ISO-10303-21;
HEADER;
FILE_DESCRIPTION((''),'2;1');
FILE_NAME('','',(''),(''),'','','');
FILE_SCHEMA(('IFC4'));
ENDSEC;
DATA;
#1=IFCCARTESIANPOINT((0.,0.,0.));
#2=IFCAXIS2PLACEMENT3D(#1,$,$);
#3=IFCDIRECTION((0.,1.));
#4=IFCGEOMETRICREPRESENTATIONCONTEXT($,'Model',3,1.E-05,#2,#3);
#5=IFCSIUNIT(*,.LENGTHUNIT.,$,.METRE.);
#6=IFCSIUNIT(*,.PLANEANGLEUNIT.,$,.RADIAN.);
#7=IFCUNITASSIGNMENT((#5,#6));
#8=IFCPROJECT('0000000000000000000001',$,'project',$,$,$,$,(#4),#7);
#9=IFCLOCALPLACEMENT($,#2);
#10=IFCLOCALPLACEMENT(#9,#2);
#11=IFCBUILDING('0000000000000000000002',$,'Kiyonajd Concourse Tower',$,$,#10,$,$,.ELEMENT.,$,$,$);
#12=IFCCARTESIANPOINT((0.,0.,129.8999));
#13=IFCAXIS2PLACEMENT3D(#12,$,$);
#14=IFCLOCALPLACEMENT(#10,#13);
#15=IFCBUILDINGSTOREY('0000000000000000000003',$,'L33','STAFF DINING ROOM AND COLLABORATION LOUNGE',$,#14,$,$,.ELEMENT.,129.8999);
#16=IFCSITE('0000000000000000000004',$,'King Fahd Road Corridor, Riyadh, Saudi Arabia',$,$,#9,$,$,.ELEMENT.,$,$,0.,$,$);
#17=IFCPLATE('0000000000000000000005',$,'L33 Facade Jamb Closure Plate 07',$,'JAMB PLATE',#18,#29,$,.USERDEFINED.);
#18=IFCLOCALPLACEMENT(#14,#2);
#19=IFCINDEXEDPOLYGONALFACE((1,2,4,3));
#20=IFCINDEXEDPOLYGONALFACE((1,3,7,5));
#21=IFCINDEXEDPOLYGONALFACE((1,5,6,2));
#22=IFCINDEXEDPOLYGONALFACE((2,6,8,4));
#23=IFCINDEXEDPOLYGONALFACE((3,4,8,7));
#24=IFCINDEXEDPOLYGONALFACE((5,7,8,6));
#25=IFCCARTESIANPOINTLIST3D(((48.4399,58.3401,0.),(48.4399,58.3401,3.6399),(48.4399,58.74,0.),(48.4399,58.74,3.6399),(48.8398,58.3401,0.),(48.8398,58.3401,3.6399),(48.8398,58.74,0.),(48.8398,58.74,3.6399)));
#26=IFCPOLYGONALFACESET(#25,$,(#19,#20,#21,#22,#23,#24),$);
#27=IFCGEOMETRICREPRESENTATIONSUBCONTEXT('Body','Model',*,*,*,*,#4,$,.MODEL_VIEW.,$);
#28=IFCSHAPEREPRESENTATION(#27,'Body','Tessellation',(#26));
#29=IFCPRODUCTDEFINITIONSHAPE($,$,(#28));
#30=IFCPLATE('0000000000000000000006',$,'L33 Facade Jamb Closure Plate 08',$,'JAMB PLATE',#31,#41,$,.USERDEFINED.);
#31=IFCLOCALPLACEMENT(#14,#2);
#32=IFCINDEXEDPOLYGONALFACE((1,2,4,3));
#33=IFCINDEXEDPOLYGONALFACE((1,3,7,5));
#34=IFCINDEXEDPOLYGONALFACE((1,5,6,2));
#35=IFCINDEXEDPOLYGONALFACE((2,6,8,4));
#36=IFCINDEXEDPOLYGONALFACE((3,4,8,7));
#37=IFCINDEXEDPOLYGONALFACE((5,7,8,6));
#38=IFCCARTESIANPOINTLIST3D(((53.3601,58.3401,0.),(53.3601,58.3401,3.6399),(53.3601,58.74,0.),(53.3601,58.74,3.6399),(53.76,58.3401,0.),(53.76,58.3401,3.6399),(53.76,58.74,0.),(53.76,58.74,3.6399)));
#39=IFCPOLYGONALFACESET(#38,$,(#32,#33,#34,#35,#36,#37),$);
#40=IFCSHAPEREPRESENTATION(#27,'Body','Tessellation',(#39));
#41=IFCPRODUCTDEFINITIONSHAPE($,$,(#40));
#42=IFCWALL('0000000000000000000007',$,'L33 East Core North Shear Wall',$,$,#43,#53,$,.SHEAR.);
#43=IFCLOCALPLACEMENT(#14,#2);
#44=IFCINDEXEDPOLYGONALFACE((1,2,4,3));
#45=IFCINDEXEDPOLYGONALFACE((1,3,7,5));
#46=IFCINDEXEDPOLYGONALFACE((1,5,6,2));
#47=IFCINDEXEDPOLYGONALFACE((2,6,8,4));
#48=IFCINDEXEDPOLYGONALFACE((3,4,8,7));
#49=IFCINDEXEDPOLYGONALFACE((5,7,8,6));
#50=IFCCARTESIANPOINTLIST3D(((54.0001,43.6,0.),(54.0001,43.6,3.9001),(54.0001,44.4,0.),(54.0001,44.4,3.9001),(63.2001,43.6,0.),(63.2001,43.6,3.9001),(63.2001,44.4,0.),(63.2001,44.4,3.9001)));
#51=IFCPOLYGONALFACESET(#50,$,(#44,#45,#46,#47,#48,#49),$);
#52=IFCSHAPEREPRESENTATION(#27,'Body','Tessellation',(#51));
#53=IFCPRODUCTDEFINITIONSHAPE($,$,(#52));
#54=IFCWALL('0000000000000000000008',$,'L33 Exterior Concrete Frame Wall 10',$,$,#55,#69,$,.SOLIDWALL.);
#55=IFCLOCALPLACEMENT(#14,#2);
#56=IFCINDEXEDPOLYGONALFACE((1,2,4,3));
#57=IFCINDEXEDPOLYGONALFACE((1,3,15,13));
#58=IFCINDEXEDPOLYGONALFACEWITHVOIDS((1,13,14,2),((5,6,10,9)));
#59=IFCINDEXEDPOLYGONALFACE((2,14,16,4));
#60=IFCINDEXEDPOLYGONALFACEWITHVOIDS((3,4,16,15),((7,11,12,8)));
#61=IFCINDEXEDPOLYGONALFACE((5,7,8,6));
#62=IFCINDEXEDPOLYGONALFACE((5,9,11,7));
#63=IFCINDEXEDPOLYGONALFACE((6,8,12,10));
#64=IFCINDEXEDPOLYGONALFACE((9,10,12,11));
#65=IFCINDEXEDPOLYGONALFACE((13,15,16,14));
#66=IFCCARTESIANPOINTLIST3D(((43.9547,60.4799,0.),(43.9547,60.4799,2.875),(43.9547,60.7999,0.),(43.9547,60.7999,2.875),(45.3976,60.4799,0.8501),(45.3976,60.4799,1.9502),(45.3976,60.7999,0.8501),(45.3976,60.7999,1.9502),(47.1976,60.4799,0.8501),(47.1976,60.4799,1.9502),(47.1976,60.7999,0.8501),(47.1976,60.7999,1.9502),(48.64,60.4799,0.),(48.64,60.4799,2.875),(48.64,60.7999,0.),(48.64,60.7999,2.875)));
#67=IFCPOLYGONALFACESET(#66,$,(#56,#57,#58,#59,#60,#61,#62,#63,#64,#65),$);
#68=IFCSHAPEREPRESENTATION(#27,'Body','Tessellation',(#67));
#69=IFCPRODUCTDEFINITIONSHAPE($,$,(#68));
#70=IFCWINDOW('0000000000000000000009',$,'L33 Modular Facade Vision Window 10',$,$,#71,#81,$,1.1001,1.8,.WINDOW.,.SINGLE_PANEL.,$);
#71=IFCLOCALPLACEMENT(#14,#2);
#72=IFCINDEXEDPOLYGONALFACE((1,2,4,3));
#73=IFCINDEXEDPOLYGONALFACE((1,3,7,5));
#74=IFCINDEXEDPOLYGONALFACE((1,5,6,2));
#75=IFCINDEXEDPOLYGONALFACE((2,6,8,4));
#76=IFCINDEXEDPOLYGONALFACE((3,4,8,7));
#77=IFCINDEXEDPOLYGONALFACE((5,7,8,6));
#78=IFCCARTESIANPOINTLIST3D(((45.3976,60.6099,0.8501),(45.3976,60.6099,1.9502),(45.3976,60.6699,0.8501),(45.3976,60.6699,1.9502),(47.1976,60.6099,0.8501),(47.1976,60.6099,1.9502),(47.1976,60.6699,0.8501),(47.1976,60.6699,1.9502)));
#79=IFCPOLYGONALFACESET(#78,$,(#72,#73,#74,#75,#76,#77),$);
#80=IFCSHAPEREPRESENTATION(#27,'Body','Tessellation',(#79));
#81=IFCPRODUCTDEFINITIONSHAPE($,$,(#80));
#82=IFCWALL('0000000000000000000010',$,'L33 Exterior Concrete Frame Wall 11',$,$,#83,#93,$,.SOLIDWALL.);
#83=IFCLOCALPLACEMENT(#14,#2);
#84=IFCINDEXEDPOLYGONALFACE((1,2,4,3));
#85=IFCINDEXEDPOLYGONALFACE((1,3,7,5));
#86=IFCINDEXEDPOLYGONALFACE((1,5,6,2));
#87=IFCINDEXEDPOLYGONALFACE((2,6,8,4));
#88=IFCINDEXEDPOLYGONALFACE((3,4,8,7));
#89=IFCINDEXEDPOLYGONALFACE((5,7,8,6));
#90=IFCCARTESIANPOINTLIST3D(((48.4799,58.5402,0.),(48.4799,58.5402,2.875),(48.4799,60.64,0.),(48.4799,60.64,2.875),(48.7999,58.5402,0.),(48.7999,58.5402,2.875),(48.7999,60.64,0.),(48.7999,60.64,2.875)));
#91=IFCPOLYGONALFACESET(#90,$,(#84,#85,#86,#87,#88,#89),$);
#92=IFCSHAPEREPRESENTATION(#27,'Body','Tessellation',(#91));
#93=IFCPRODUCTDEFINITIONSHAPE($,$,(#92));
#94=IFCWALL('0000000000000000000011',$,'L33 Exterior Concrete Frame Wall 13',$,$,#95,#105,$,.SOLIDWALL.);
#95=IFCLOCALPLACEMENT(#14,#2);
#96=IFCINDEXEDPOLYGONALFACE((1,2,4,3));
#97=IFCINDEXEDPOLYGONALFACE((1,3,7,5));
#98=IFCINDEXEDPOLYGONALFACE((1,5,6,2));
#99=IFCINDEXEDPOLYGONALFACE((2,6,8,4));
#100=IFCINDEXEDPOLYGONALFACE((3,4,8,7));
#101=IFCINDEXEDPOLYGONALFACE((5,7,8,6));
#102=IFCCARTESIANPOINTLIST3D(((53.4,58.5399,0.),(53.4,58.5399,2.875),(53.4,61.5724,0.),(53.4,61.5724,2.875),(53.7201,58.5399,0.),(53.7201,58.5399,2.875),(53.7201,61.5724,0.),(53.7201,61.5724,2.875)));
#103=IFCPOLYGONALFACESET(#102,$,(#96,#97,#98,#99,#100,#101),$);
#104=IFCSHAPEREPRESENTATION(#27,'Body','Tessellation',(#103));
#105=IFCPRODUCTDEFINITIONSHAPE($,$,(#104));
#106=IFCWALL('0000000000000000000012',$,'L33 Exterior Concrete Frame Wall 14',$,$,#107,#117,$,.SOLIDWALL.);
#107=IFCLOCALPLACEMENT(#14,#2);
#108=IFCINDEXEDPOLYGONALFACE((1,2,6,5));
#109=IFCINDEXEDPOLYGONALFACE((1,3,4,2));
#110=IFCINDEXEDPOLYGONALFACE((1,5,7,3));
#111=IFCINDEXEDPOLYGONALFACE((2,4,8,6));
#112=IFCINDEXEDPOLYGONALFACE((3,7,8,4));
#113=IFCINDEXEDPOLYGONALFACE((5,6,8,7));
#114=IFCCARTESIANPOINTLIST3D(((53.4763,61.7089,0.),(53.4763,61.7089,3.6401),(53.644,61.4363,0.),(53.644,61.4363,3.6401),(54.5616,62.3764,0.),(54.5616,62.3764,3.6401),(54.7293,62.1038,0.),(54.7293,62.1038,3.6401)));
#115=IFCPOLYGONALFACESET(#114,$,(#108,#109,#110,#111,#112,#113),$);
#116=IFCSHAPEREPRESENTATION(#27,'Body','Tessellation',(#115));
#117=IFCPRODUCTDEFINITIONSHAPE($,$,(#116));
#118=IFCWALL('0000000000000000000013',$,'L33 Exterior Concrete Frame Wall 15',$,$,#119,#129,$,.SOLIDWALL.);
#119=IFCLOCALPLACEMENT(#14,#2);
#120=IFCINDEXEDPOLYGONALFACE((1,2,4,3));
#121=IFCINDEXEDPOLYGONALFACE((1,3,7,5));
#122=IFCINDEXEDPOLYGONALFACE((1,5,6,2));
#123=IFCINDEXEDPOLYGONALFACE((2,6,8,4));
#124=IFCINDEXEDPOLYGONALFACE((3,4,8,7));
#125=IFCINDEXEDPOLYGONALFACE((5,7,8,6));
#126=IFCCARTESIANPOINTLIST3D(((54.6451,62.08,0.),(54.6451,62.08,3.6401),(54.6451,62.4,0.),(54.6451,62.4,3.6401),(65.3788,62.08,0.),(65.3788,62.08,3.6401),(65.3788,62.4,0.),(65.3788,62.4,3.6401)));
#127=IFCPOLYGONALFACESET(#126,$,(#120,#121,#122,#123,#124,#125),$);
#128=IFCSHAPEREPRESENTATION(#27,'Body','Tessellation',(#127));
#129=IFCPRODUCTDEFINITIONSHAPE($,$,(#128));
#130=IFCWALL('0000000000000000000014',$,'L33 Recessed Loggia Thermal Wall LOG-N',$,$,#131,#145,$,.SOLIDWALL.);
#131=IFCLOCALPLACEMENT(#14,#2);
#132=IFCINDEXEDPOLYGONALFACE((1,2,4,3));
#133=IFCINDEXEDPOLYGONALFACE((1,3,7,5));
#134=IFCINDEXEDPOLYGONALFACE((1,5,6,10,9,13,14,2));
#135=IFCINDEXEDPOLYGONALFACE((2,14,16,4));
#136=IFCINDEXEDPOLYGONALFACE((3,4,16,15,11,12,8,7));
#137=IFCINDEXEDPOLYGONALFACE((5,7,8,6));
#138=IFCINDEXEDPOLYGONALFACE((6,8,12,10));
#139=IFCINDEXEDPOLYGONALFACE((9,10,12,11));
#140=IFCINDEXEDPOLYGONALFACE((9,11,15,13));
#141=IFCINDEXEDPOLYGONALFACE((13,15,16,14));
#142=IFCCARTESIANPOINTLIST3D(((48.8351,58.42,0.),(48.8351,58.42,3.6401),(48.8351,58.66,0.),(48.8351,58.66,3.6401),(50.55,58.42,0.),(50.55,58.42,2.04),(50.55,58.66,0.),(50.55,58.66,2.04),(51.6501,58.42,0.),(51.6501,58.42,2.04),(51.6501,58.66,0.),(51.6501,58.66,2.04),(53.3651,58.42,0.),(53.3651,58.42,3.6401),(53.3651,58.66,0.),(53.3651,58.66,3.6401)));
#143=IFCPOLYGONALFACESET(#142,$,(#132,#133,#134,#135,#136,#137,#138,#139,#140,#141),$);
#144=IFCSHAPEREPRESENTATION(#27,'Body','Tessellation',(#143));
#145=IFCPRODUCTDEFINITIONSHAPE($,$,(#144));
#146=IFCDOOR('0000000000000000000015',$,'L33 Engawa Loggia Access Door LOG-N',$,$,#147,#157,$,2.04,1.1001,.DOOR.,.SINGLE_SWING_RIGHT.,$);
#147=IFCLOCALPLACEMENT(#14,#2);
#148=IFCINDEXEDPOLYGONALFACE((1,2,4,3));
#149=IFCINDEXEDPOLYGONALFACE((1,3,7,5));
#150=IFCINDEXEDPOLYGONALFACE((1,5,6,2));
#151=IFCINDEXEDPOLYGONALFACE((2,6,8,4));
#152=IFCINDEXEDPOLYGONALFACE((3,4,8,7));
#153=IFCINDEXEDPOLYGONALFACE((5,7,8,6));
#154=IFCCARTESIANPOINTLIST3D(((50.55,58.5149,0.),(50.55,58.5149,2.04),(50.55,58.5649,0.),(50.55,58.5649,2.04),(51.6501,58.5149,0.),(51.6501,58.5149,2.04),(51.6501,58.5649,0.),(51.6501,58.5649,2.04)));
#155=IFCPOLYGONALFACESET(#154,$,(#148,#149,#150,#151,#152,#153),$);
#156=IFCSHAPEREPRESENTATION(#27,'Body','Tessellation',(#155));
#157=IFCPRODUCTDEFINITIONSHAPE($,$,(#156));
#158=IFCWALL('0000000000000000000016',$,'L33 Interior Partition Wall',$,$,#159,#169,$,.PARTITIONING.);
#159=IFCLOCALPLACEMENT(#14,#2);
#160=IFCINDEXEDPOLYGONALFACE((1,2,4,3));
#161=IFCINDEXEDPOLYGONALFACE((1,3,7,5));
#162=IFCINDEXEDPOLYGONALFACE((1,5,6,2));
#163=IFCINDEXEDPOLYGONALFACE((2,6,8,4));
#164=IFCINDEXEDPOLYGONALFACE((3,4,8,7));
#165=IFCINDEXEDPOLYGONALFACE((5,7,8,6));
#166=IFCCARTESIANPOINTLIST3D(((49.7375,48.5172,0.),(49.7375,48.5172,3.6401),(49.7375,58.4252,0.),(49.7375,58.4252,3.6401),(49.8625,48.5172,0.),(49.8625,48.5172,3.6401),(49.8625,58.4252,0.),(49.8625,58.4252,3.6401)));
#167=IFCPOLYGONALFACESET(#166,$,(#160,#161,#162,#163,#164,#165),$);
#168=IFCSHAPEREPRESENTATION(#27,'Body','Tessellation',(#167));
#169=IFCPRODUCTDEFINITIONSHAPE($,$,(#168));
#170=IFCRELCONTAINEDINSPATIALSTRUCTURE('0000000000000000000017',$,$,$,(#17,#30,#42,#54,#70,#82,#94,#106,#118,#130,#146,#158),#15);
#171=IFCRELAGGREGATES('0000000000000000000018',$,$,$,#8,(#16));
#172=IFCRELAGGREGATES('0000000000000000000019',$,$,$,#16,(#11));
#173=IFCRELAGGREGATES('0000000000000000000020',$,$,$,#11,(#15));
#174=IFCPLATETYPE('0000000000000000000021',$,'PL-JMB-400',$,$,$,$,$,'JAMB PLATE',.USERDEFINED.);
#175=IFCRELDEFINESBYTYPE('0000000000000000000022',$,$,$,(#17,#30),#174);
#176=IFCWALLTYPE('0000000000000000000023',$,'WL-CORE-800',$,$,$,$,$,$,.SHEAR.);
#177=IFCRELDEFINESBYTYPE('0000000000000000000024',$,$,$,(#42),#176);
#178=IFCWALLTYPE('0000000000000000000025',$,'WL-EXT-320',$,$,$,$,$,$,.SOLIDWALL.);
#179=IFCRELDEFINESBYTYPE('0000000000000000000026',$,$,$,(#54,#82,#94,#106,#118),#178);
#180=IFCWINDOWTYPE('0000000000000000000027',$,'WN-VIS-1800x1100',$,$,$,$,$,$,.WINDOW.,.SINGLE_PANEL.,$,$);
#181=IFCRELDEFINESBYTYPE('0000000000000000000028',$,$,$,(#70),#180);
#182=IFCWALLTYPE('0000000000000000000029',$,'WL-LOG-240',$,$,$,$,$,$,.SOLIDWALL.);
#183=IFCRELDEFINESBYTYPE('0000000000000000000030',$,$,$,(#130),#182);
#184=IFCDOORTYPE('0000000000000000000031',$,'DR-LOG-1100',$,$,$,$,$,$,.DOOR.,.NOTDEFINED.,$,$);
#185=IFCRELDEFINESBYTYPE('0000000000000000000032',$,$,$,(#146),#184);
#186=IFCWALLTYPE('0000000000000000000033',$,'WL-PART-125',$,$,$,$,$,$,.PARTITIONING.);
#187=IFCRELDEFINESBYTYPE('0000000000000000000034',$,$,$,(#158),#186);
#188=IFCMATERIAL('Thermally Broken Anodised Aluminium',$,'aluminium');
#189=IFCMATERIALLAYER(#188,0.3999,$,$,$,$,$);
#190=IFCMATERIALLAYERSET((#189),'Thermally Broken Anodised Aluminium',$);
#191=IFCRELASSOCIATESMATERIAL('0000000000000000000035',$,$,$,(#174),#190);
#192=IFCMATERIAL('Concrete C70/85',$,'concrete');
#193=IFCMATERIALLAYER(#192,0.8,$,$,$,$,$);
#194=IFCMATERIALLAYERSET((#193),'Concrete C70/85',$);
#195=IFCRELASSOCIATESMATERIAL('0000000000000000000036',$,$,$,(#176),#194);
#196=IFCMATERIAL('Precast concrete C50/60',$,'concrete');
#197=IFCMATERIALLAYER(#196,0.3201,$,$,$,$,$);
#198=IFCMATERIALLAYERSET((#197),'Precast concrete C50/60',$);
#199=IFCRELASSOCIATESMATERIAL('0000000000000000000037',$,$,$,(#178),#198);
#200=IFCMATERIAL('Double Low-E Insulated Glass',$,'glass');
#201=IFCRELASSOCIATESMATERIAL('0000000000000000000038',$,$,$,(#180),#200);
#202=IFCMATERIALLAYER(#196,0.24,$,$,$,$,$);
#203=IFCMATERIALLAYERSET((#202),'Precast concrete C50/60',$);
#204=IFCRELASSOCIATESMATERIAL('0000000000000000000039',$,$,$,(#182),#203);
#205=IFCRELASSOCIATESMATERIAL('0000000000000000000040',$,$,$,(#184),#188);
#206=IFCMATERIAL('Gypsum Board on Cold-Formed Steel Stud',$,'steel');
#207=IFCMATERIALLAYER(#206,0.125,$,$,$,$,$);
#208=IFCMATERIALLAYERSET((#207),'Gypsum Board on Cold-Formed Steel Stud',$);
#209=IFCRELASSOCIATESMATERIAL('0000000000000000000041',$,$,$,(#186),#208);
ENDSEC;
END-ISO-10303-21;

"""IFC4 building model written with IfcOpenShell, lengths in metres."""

from ifc_helpers import new_model, si_unit, direction, frame, frame_2d, origin, origin_2d, place, context, subcontext, project, spatial, rectangle, extrude, material, layer, layer_set, type_object, element, fill, save


model = new_model("IFC4")

# Units and contexts
model_context = context("Model", 3, precision=1e-05, world=origin(), true_north=direction((0.0, 1.0)))
body_context = subcontext(model_context, "Body", "Model", "MODEL_VIEW")
ifc_project = project(units=[si_unit("LENGTHUNIT", "METRE"), si_unit("PLANEANGLEUNIT", "RADIAN")], contexts=[model_context])

# Site, building, storey
site_placement = place(None, origin())
site = spatial("IfcSite", under=ifc_project, at=site_placement, Name="King Fahd Road Corridor, Riyadh, Saudi Arabia", CompositionType="ELEMENT", RefElevation=0.0)
building_placement = place(site_placement, origin())
building = spatial("IfcBuilding", under=site, at=building_placement, Name="Kiyonajd Concourse Tower", CompositionType="ELEMENT")
storey_placement = place(building_placement, frame((0.0, 0.0, 129.8999)))
storey = spatial("IfcBuildingStorey", under=building, at=storey_placement, Name="L33", Description="STAFF DINING ROOM AND COLLABORATION LOUNGE", CompositionType="ELEMENT", Elevation=129.8999)

# Shared definitions
ifc_material_1 = material(Name="Concrete C70/85", Category="concrete")

# Shared definitions
ifc_material_2 = material(Name="Precast concrete C50/60", Category="concrete")

# Plates
ifc_material_3 = material(Name="Thermally Broken Anodised Aluminium", Category="aluminium")
ifc_layer_1 = layer(ifc_material_3, 0.3999)
ifc_layer_set_1 = layer_set([ifc_layer_1], Name="Thermally Broken Anodised Aluminium")
plate_type = type_object("IfcPlateType", Name="PL-JMB-400", ElementType="JAMB PLATE", PredefinedType="USERDEFINED", material=ifc_layer_set_1)
for number, where, z_axis, x_axis, name in (
    (1, (48.6399, 58.54, 0.0), (0.0, 0.0, 1.0), (1.0, 0.0, 0.0), "L33 Facade Jamb Closure Plate 07"),
    (2, (53.5601, 58.54, 0.0), (0.0, 0.0, 1.0), (1.0, 0.0, 0.0), "L33 Facade Jamb Closure Plate 08"),
):
    element("IfcPlate", number, at=place(storey_placement, frame(where, z_axis=z_axis, x_axis=x_axis)), inside=storey, type_object=plate_type, Name=name, ObjectType="JAMB PLATE", PredefinedType="USERDEFINED", context=body_context, shape_type="SweptSolid", body=[
        extrude(rectangle(XDim=0.3999, YDim=0.3999, at=origin_2d()), origin(), (0.0, 0.0, 1.0), 3.6399),
    ])

# Wall
ifc_layer_2 = layer(ifc_material_1, 0.8)
ifc_layer_set_2 = layer_set([ifc_layer_2], Name="Concrete C70/85")
wall_type_1 = type_object("IfcWallType", Name="WL-CORE-800", PredefinedType="SHEAR", material=ifc_layer_set_2)
wall_1_placement = place(storey_placement, frame((54.0, 44.0, 0.0), z_axis=(0.0, 0.0, 1.0), x_axis=(1.0, 0.0, 0.0)))
element("IfcWall", 3, at=wall_1_placement, inside=storey, type_object=wall_type_1, Name="L33 East Core North Shear Wall", PredefinedType="SHEAR", context=body_context, shape_type="SweptSolid", body=[
    extrude(rectangle(XDim=9.2, YDim=0.8, at=frame_2d((4.6001, 0.0))), origin(), (0.0, 0.0, 1.0), 3.9001),
])

# Wall, opening, window
ifc_layer_3 = layer(ifc_material_2, 0.3201)
ifc_layer_set_3 = layer_set([ifc_layer_3], Name="Precast concrete C50/60")
wall_type_2 = type_object("IfcWallType", Name="WL-EXT-320", PredefinedType="SOLIDWALL", material=ifc_layer_set_3)
wall_2_placement = place(storey_placement, frame((43.9546, 60.6399, 0.0), z_axis=(0.0, 0.0, 1.0), x_axis=(1.0, 0.0, 0.0)))
wall_2 = element("IfcWall", 4, at=wall_2_placement, inside=storey, type_object=wall_type_2, Name="L33 Exterior Concrete Frame Wall 10", PredefinedType="SOLIDWALL", context=body_context, shape_type="SweptSolid", body=[
    extrude(rectangle(XDim=4.6853, YDim=0.3201, at=frame_2d((2.3428, 0.0))), origin(), (0.0, 0.0, 1.0), 2.875),
])
opening_1_placement = place(wall_2_placement, frame((1.4431, 0.0, 0.8501)))
opening_1 = element("IfcOpeningElement", 5, at=opening_1_placement, cuts=wall_2, PredefinedType="OPENING", context=body_context, shape_type="SweptSolid", body=[
    extrude(rectangle(XDim=1.8, YDim=1.1001, at=frame_2d((0.8999, 0.55))), frame((0.0, 0.1699, 0.0), z_axis=(0.0, -1.0, 0.0), x_axis=(1.0, 0.0, 0.0)), (0.0, 0.0, 1.0), 0.3401),
])
ifc_material_4 = material(Name="Double Low-E Insulated Glass", Category="glass")
window_type = type_object("IfcWindowType", Name="WN-VIS-1800x1100", PartitioningType="SINGLE_PANEL", PredefinedType="WINDOW", material=ifc_material_4)
window_placement = place(opening_1_placement, origin())
window = element("IfcWindow", 6, at=window_placement, inside=storey, type_object=window_type, Name="L33 Modular Facade Vision Window 10", OverallHeight=1.1001, OverallWidth=1.8, PartitioningType="SINGLE_PANEL", PredefinedType="WINDOW", context=body_context, shape_type="SweptSolid", body=[
    extrude(rectangle(XDim=1.8, YDim=1.1001, at=frame_2d((0.8999, 0.55))), frame((0.0, 0.03, 0.0), z_axis=(0.0, -1.0, 0.0), x_axis=(1.0, 0.0, 0.0)), (0.0, 0.0, 1.0), 0.0601),
])
fill(opening_1, window)

# Walls
wall_3_placement = place(storey_placement, frame((48.6399, 60.6399, 0.0), z_axis=(0.0, 0.0, 1.0), x_axis=(0.0, -1.0, 0.0)))
element("IfcWall", 7, at=wall_3_placement, inside=storey, type_object=wall_type_2, Name="L33 Exterior Concrete Frame Wall 11", PredefinedType="SOLIDWALL", context=body_context, shape_type="SweptSolid", body=[
    extrude(rectangle(XDim=2.0999, YDim=0.3201, at=frame_2d((1.0498, 0.0))), origin(), (0.0, 0.0, 1.0), 2.875),
])
wall_4_placement = place(storey_placement, frame((53.5601, 58.54, 0.0), z_axis=(0.0, 0.0, 1.0), x_axis=(0.0, 1.0, 0.0)))
element("IfcWall", 8, at=wall_4_placement, inside=storey, type_object=wall_type_2, Name="L33 Exterior Concrete Frame Wall 13", PredefinedType="SOLIDWALL", context=body_context, shape_type="SweptSolid", body=[
    extrude(rectangle(XDim=3.0325, YDim=0.3201, at=frame_2d((1.5161, 0.0))), origin(), (0.0, 0.0, 1.0), 2.875),
])
wall_5_placement = place(storey_placement, frame((53.5601, 61.5725, 0.0), z_axis=(0.0, 0.0, 1.0), x_axis=(0.851777, 0.523905, 0.0)))
element("IfcWall", 9, at=wall_5_placement, inside=storey, type_object=wall_type_2, Name="L33 Exterior Concrete Frame Wall 14", PredefinedType="SOLIDWALL", context=body_context, shape_type="SweptSolid", body=[
    extrude(rectangle(XDim=1.2742, YDim=0.3201, at=frame_2d((0.6372, 0.0))), origin(), (0.0, 0.0, 1.0), 3.6401),
])
wall_6_placement = place(storey_placement, frame((54.6453, 62.24, 0.0), z_axis=(0.0, 0.0, 1.0), x_axis=(1.0, 0.0, 0.0)))
element("IfcWall", 10, at=wall_6_placement, inside=storey, type_object=wall_type_2, Name="L33 Exterior Concrete Frame Wall 15", PredefinedType="SOLIDWALL", context=body_context, shape_type="SweptSolid", body=[
    extrude(rectangle(XDim=10.7336, YDim=0.3201, at=frame_2d((5.3667, 0.0))), origin(), (0.0, 0.0, 1.0), 3.6401),
])

# Wall, opening, door
ifc_layer_4 = layer(ifc_material_2, 0.24)
ifc_layer_set_4 = layer_set([ifc_layer_4], Name="Precast concrete C50/60")
wall_type_3 = type_object("IfcWallType", Name="WL-LOG-240", PredefinedType="SOLIDWALL", material=ifc_layer_set_4)
wall_7_placement = place(storey_placement, frame((48.835, 58.54, 0.0), z_axis=(0.0, 0.0, 1.0), x_axis=(1.0, 0.0, 0.0)))
wall_7 = element("IfcWall", 11, at=wall_7_placement, inside=storey, type_object=wall_type_3, Name="L33 Recessed Loggia Thermal Wall LOG-N", PredefinedType="SOLIDWALL", context=body_context, shape_type="SweptSolid", body=[
    extrude(rectangle(XDim=4.53, YDim=0.24, at=frame_2d((2.2651, 0.0))), origin(), (0.0, 0.0, 1.0), 3.6401),
])
opening_2_placement = place(wall_7_placement, frame((1.7151, 0.0, 0.0)))
opening_2 = element("IfcOpeningElement", 12, at=opening_2_placement, cuts=wall_7, PredefinedType="OPENING", context=body_context, shape_type="SweptSolid", body=[
    extrude(rectangle(XDim=1.1001, YDim=2.04, at=frame_2d((0.55, 1.02))), frame((0.0, 0.1299, 0.0), z_axis=(0.0, -1.0, 0.0), x_axis=(1.0, 0.0, 0.0)), (0.0, 0.0, 1.0), 0.26),
])
door_type = type_object("IfcDoorType", Name="DR-LOG-1100", OperationType="NOTDEFINED", PredefinedType="DOOR", material=ifc_material_3)
door_placement = place(opening_2_placement, origin())
door = element("IfcDoor", 13, at=door_placement, inside=storey, type_object=door_type, Name="L33 Engawa Loggia Access Door LOG-N", OperationType="SINGLE_SWING_RIGHT", OverallHeight=2.04, OverallWidth=1.1001, PredefinedType="DOOR", context=body_context, shape_type="SweptSolid", body=[
    extrude(rectangle(XDim=1.1001, YDim=2.04, at=frame_2d((0.55, 1.02))), frame((0.0, 0.0249, 0.0), z_axis=(0.0, -1.0, 0.0), x_axis=(1.0, 0.0, 0.0)), (0.0, 0.0, 1.0), 0.05),
])
fill(opening_2, door)

# Wall
ifc_material_5 = material(Name="Gypsum Board on Cold-Formed Steel Stud", Category="steel")
ifc_layer_5 = layer(ifc_material_5, 0.125)
ifc_layer_set_5 = layer_set([ifc_layer_5], Name="Gypsum Board on Cold-Formed Steel Stud")
wall_type_4 = type_object("IfcWallType", Name="WL-PART-125", PredefinedType="PARTITIONING", material=ifc_layer_set_5)
wall_8_placement = place(storey_placement, frame((49.8, 48.5171, 0.0), z_axis=(0.0, 0.0, 1.0), x_axis=(0.0, 1.0, 0.0)))
element("IfcWall", 14, at=wall_8_placement, inside=storey, type_object=wall_type_4, Name="L33 Interior Partition Wall", PredefinedType="PARTITIONING", context=body_context, shape_type="SweptSolid", body=[
    extrude(rectangle(XDim=9.908, YDim=0.125, at=frame_2d((4.9541, 0.0))), origin(), (0.0, 0.0, 1.0), 3.6401),
])

save(model, "model.ifc")
